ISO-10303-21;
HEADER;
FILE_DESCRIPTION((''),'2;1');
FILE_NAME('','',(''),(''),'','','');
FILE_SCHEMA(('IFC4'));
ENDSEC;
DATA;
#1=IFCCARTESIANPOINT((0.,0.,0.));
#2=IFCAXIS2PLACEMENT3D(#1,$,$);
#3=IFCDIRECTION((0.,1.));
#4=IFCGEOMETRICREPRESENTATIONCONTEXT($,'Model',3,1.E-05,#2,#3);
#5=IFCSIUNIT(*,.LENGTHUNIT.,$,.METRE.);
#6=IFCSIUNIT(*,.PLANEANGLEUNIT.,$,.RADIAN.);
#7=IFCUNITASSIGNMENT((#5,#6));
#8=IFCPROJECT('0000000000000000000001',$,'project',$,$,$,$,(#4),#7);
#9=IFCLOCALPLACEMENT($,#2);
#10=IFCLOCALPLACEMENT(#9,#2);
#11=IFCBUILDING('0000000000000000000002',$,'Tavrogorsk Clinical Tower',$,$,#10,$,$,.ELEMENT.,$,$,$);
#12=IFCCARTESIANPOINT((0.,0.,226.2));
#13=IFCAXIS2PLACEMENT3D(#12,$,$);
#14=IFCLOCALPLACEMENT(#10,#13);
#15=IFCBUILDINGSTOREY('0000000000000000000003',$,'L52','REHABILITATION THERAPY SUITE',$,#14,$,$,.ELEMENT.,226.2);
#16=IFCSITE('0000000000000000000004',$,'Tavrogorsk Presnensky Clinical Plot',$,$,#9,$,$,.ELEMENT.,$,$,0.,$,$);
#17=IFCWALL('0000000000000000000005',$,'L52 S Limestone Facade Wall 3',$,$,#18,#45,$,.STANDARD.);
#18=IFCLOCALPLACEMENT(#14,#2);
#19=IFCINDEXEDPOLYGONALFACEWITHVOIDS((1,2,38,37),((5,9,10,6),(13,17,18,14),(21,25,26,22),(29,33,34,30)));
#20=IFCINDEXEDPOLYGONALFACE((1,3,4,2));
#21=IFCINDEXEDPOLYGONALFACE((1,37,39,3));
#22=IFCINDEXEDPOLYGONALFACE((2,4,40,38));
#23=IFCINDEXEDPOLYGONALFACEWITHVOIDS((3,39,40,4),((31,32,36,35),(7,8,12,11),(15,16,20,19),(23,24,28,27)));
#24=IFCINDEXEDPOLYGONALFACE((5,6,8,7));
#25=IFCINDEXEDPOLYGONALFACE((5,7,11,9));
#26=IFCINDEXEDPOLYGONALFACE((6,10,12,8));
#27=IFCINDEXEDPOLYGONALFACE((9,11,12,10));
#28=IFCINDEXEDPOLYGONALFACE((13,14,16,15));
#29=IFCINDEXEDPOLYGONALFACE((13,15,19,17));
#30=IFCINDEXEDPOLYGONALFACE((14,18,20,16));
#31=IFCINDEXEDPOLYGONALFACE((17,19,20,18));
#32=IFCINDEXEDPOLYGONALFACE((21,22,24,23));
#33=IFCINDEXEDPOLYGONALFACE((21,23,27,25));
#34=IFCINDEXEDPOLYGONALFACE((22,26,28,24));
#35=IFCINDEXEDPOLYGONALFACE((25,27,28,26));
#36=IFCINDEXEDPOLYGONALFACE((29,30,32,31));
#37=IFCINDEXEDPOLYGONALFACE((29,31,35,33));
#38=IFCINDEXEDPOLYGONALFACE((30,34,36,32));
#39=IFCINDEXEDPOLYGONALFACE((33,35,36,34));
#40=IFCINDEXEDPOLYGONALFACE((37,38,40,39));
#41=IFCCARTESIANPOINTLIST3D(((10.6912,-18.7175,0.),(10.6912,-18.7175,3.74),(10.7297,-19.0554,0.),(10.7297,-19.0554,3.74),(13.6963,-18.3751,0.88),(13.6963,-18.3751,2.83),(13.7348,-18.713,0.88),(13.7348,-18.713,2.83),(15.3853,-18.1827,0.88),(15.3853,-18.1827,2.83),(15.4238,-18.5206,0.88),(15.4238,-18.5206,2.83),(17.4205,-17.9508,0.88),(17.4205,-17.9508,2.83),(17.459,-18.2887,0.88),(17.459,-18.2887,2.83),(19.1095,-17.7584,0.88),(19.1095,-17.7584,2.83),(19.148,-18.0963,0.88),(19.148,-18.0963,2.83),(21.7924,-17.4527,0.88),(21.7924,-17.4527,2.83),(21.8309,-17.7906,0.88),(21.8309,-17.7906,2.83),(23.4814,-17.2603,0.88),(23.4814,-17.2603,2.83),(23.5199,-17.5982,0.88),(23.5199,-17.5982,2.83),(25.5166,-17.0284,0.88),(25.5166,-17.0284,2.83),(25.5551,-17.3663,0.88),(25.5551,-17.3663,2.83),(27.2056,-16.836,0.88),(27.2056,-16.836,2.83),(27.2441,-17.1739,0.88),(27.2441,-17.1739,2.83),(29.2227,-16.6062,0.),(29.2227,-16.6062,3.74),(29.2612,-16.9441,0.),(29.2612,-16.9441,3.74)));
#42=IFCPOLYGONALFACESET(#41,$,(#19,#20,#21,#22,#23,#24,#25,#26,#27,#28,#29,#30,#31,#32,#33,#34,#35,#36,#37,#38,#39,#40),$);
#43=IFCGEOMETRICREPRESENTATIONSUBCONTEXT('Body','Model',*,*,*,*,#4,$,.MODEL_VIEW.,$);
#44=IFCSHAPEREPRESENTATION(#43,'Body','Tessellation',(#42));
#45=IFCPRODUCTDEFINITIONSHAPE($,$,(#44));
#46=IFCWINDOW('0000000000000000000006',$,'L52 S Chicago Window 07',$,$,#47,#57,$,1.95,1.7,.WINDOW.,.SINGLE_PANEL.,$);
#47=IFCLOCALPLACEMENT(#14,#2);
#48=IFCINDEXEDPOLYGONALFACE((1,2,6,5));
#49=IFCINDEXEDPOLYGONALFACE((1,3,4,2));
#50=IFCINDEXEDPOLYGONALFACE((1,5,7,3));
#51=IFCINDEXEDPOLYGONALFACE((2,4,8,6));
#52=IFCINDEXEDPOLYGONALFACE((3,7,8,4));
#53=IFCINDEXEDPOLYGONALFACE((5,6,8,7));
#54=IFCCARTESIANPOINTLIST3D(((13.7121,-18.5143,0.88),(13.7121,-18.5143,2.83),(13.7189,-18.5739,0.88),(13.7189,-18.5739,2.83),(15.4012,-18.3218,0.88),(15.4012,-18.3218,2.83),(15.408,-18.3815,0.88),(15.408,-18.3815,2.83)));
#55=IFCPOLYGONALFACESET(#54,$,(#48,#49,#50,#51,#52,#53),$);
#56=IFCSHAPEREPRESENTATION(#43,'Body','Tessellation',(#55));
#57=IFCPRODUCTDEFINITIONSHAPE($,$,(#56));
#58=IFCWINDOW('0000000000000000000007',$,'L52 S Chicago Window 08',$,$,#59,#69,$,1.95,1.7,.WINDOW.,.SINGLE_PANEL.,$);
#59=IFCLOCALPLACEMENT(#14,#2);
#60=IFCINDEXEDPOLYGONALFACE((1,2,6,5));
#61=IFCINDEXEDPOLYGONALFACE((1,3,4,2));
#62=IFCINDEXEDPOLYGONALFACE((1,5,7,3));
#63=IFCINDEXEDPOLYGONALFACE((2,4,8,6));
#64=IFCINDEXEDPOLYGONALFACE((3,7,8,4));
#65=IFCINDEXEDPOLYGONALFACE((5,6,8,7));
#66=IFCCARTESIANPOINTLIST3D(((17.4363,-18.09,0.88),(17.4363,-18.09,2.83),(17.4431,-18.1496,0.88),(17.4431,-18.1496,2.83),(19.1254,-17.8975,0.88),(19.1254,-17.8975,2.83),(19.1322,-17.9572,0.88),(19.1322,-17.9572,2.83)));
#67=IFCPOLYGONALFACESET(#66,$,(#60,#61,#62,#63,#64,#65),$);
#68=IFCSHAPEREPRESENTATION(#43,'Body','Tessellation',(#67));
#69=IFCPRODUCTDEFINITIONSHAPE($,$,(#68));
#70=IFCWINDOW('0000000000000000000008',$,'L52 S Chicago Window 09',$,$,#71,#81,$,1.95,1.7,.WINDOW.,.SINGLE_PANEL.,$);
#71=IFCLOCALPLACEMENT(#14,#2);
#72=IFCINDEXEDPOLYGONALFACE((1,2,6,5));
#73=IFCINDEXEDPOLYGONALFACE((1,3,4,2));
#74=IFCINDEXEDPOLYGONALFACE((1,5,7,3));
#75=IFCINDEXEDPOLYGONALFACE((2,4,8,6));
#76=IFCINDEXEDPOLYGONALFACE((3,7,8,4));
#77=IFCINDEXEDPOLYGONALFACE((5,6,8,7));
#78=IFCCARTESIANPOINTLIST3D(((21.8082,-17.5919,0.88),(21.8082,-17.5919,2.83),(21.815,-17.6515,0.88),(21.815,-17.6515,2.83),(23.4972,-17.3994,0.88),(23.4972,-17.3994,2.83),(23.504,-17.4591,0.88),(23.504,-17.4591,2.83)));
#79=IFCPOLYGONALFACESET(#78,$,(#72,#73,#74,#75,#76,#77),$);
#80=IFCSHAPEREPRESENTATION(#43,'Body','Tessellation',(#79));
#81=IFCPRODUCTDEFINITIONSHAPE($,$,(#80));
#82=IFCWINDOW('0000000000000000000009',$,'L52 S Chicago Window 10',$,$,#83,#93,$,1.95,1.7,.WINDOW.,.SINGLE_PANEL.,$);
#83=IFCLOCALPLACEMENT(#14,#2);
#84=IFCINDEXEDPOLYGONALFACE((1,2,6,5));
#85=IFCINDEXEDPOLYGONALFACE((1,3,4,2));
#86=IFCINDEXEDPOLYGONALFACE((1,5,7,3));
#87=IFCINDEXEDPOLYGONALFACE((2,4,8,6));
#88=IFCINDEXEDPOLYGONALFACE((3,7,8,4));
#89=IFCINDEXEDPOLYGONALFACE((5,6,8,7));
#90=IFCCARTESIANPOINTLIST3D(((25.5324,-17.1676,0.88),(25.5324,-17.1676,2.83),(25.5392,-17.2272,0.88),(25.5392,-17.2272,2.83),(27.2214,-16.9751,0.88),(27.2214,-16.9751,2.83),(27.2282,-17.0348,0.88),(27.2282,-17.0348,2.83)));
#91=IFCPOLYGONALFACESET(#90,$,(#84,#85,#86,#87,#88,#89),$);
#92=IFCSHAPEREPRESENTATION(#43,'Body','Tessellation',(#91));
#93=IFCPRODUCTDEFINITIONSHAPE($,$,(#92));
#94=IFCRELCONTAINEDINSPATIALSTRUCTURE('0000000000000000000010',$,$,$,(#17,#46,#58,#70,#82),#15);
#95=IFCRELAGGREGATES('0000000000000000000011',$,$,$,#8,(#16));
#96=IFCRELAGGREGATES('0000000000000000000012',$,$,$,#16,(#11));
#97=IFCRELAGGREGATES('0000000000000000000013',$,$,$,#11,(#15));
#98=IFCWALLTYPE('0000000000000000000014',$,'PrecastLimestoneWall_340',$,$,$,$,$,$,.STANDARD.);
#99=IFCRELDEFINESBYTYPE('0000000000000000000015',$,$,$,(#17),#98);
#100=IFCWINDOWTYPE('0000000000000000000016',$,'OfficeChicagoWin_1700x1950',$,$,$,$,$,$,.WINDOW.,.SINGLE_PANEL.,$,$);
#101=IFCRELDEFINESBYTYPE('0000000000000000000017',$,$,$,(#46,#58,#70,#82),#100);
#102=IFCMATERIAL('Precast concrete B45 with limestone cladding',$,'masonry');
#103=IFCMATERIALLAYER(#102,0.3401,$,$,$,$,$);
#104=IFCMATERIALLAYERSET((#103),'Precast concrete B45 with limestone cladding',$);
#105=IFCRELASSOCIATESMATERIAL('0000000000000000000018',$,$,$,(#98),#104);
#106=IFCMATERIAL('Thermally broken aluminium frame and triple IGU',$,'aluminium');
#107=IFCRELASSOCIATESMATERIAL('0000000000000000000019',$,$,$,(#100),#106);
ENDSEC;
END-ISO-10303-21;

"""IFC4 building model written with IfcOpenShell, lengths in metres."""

from ifc_helpers import new_model, si_unit, direction, frame, frame_2d, origin, place, context, subcontext, project, spatial, rectangle, extrude, material, layer, layer_set, type_object, element, fill, save


model = new_model("IFC4")

# Units and contexts
model_context = context("Model", 3, precision=1e-05, world=origin(), true_north=direction((0.0, 1.0)))
body_context = subcontext(model_context, "Body", "Model", "MODEL_VIEW")
ifc_project = project(units=[si_unit("LENGTHUNIT", "METRE"), si_unit("PLANEANGLEUNIT", "RADIAN")], contexts=[model_context])

# Site, building, storey
site_placement = place(None, origin())
site = spatial("IfcSite", under=ifc_project, at=site_placement, Name="Tavrogorsk Presnensky Clinical Plot", CompositionType="ELEMENT", RefElevation=0.0)
building_placement = place(site_placement, origin())
building = spatial("IfcBuilding", under=site, at=building_placement, Name="Tavrogorsk Clinical Tower", CompositionType="ELEMENT")
storey_placement = place(building_placement, frame((0.0, 0.0, 226.2)))
storey = spatial("IfcBuildingStorey", under=building, at=storey_placement, Name="L52", Description="REHABILITATION THERAPY SUITE", CompositionType="ELEMENT", Elevation=226.2)

# Wall, openings, windows
ifc_material_1 = material(Name="Precast concrete B45 with limestone cladding", Category="masonry")
ifc_layer_1 = layer(ifc_material_1, 0.3401)
ifc_layer_set_1 = layer_set([ifc_layer_1], Name="Precast concrete B45 with limestone cladding")
wall_type_1 = type_object("IfcWallType", Name="PrecastLimestoneWall_340", PredefinedType="STANDARD", material=ifc_layer_set_1)
wall_1_placement = place(storey_placement, frame((10.7104, -18.8865, 0.0), z_axis=(0.0, 0.0, 1.0), x_axis=(0.993572, 0.1132, 0.0)))
wall_1 = element("IfcWall", 1, at=wall_1_placement, inside=storey, type_object=wall_type_1, Name="L52 S Limestone Facade Wall 3", PredefinedType="STANDARD", context=body_context, shape_type="SweptSolid", body=[
    extrude(rectangle(XDim=18.6514, YDim=0.3401, at=frame_2d((9.3257, 0.0))), origin(), (0.0, 0.0, 1.0), 3.74),
])
opening_1_placement = place(wall_1_placement, frame((3.0244, 0.0, 0.8799)))
opening_1 = element("IfcOpeningElement", 2, at=opening_1_placement, cuts=wall_1, PredefinedType="OPENING", context=body_context, shape_type="SweptSolid", body=[
    extrude(rectangle(XDim=1.7, YDim=1.95, at=frame_2d((0.8501, 0.9751))), frame((0.0, 0.1799, 0.0), z_axis=(0.0, -1.0, 0.0), x_axis=(1.0, 0.0, 0.0)), (0.0, 0.0, 1.0), 0.3601),
])
opening_2_placement = place(wall_1_placement, frame((6.7727, 0.0, 0.8799)))
opening_2 = element("IfcOpeningElement", 3, at=opening_2_placement, cuts=wall_1, PredefinedType="OPENING", context=body_context, shape_type="SweptSolid", body=[
    extrude(rectangle(XDim=1.7, YDim=1.95, at=frame_2d((0.8501, 0.9751))), frame((0.0, 0.1799, 0.0), z_axis=(0.0, -1.0, 0.0), x_axis=(1.0, 0.0, 0.0)), (0.0, 0.0, 1.0), 0.3601),
])
opening_3_placement = place(wall_1_placement, frame((11.1729, 0.0, 0.8799)))
opening_3 = element("IfcOpeningElement", 4, at=opening_3_placement, cuts=wall_1, PredefinedType="OPENING", context=body_context, shape_type="SweptSolid", body=[
    extrude(rectangle(XDim=1.7, YDim=1.95, at=frame_2d((0.8501, 0.9751))), frame((0.0, 0.1799, 0.0), z_axis=(0.0, -1.0, 0.0), x_axis=(1.0, 0.0, 0.0)), (0.0, 0.0, 1.0), 0.3601),
])
opening_4_placement = place(wall_1_placement, frame((14.9211, 0.0, 0.8799)))
opening_4 = element("IfcOpeningElement", 5, at=opening_4_placement, cuts=wall_1, PredefinedType="OPENING", context=body_context, shape_type="SweptSolid", body=[
    extrude(rectangle(XDim=1.7, YDim=1.95, at=frame_2d((0.8501, 0.9751))), frame((0.0, 0.1799, 0.0), z_axis=(0.0, -1.0, 0.0), x_axis=(1.0, 0.0, 0.0)), (0.0, 0.0, 1.0), 0.3601),
])
ifc_material_2 = material(Name="Thermally broken aluminium frame and triple IGU", Category="aluminium")
window_type = type_object("IfcWindowType", Name="OfficeChicagoWin_1700x1950", PartitioningType="SINGLE_PANEL", PredefinedType="WINDOW", material=ifc_material_2)
window_1_placement = place(opening_1_placement, origin())
window_1 = element("IfcWindow", 6, at=window_1_placement, inside=storey, type_object=window_type, Name="L52 S Chicago Window 07", OverallHeight=1.95, OverallWidth=1.7, PartitioningType="SINGLE_PANEL", PredefinedType="WINDOW", context=body_context, shape_type="SweptSolid", body=[
    extrude(rectangle(XDim=1.7, YDim=1.95, at=frame_2d((0.8501, 0.9751))), frame((0.0, 0.03, 0.0), z_axis=(0.0, -1.0, 0.0), x_axis=(1.0, 0.0, 0.0)), (0.0, 0.0, 1.0), 0.0601),
])
fill(opening_1, window_1)
window_2_placement = place(opening_2_placement, origin())
window_2 = element("IfcWindow", 7, at=window_2_placement, inside=storey, type_object=window_type, Name="L52 S Chicago Window 08", OverallHeight=1.95, OverallWidth=1.7, PartitioningType="SINGLE_PANEL", PredefinedType="WINDOW", context=body_context, shape_type="SweptSolid", body=[
    extrude(rectangle(XDim=1.7, YDim=1.95, at=frame_2d((0.8501, 0.9751))), frame((0.0, 0.03, 0.0), z_axis=(0.0, -1.0, 0.0), x_axis=(1.0, 0.0, 0.0)), (0.0, 0.0, 1.0), 0.0601),
])
fill(opening_2, window_2)
window_3_placement = place(opening_3_placement, origin())
window_3 = element("IfcWindow", 8, at=window_3_placement, inside=storey, type_object=window_type, Name="L52 S Chicago Window 09", OverallHeight=1.95, OverallWidth=1.7, PartitioningType="SINGLE_PANEL", PredefinedType="WINDOW", context=body_context, shape_type="SweptSolid", body=[
    extrude(rectangle(XDim=1.7, YDim=1.95, at=frame_2d((0.8501, 0.9751))), frame((0.0, 0.03, 0.0), z_axis=(0.0, -1.0, 0.0), x_axis=(1.0, 0.0, 0.0)), (0.0, 0.0, 1.0), 0.0601),
])
fill(opening_3, window_3)
window_4_placement = place(opening_4_placement, origin())
window_4 = element("IfcWindow", 9, at=window_4_placement, inside=storey, type_object=window_type, Name="L52 S Chicago Window 10", OverallHeight=1.95, OverallWidth=1.7, PartitioningType="SINGLE_PANEL", PredefinedType="WINDOW", context=body_context, shape_type="SweptSolid", body=[
    extrude(rectangle(XDim=1.7, YDim=1.95, at=frame_2d((0.8501, 0.9751))), frame((0.0, 0.03, 0.0), z_axis=(0.0, -1.0, 0.0), x_axis=(1.0, 0.0, 0.0)), (0.0, 0.0, 1.0), 0.0601),
])
fill(opening_4, window_4)

save(model, "model.ifc")
